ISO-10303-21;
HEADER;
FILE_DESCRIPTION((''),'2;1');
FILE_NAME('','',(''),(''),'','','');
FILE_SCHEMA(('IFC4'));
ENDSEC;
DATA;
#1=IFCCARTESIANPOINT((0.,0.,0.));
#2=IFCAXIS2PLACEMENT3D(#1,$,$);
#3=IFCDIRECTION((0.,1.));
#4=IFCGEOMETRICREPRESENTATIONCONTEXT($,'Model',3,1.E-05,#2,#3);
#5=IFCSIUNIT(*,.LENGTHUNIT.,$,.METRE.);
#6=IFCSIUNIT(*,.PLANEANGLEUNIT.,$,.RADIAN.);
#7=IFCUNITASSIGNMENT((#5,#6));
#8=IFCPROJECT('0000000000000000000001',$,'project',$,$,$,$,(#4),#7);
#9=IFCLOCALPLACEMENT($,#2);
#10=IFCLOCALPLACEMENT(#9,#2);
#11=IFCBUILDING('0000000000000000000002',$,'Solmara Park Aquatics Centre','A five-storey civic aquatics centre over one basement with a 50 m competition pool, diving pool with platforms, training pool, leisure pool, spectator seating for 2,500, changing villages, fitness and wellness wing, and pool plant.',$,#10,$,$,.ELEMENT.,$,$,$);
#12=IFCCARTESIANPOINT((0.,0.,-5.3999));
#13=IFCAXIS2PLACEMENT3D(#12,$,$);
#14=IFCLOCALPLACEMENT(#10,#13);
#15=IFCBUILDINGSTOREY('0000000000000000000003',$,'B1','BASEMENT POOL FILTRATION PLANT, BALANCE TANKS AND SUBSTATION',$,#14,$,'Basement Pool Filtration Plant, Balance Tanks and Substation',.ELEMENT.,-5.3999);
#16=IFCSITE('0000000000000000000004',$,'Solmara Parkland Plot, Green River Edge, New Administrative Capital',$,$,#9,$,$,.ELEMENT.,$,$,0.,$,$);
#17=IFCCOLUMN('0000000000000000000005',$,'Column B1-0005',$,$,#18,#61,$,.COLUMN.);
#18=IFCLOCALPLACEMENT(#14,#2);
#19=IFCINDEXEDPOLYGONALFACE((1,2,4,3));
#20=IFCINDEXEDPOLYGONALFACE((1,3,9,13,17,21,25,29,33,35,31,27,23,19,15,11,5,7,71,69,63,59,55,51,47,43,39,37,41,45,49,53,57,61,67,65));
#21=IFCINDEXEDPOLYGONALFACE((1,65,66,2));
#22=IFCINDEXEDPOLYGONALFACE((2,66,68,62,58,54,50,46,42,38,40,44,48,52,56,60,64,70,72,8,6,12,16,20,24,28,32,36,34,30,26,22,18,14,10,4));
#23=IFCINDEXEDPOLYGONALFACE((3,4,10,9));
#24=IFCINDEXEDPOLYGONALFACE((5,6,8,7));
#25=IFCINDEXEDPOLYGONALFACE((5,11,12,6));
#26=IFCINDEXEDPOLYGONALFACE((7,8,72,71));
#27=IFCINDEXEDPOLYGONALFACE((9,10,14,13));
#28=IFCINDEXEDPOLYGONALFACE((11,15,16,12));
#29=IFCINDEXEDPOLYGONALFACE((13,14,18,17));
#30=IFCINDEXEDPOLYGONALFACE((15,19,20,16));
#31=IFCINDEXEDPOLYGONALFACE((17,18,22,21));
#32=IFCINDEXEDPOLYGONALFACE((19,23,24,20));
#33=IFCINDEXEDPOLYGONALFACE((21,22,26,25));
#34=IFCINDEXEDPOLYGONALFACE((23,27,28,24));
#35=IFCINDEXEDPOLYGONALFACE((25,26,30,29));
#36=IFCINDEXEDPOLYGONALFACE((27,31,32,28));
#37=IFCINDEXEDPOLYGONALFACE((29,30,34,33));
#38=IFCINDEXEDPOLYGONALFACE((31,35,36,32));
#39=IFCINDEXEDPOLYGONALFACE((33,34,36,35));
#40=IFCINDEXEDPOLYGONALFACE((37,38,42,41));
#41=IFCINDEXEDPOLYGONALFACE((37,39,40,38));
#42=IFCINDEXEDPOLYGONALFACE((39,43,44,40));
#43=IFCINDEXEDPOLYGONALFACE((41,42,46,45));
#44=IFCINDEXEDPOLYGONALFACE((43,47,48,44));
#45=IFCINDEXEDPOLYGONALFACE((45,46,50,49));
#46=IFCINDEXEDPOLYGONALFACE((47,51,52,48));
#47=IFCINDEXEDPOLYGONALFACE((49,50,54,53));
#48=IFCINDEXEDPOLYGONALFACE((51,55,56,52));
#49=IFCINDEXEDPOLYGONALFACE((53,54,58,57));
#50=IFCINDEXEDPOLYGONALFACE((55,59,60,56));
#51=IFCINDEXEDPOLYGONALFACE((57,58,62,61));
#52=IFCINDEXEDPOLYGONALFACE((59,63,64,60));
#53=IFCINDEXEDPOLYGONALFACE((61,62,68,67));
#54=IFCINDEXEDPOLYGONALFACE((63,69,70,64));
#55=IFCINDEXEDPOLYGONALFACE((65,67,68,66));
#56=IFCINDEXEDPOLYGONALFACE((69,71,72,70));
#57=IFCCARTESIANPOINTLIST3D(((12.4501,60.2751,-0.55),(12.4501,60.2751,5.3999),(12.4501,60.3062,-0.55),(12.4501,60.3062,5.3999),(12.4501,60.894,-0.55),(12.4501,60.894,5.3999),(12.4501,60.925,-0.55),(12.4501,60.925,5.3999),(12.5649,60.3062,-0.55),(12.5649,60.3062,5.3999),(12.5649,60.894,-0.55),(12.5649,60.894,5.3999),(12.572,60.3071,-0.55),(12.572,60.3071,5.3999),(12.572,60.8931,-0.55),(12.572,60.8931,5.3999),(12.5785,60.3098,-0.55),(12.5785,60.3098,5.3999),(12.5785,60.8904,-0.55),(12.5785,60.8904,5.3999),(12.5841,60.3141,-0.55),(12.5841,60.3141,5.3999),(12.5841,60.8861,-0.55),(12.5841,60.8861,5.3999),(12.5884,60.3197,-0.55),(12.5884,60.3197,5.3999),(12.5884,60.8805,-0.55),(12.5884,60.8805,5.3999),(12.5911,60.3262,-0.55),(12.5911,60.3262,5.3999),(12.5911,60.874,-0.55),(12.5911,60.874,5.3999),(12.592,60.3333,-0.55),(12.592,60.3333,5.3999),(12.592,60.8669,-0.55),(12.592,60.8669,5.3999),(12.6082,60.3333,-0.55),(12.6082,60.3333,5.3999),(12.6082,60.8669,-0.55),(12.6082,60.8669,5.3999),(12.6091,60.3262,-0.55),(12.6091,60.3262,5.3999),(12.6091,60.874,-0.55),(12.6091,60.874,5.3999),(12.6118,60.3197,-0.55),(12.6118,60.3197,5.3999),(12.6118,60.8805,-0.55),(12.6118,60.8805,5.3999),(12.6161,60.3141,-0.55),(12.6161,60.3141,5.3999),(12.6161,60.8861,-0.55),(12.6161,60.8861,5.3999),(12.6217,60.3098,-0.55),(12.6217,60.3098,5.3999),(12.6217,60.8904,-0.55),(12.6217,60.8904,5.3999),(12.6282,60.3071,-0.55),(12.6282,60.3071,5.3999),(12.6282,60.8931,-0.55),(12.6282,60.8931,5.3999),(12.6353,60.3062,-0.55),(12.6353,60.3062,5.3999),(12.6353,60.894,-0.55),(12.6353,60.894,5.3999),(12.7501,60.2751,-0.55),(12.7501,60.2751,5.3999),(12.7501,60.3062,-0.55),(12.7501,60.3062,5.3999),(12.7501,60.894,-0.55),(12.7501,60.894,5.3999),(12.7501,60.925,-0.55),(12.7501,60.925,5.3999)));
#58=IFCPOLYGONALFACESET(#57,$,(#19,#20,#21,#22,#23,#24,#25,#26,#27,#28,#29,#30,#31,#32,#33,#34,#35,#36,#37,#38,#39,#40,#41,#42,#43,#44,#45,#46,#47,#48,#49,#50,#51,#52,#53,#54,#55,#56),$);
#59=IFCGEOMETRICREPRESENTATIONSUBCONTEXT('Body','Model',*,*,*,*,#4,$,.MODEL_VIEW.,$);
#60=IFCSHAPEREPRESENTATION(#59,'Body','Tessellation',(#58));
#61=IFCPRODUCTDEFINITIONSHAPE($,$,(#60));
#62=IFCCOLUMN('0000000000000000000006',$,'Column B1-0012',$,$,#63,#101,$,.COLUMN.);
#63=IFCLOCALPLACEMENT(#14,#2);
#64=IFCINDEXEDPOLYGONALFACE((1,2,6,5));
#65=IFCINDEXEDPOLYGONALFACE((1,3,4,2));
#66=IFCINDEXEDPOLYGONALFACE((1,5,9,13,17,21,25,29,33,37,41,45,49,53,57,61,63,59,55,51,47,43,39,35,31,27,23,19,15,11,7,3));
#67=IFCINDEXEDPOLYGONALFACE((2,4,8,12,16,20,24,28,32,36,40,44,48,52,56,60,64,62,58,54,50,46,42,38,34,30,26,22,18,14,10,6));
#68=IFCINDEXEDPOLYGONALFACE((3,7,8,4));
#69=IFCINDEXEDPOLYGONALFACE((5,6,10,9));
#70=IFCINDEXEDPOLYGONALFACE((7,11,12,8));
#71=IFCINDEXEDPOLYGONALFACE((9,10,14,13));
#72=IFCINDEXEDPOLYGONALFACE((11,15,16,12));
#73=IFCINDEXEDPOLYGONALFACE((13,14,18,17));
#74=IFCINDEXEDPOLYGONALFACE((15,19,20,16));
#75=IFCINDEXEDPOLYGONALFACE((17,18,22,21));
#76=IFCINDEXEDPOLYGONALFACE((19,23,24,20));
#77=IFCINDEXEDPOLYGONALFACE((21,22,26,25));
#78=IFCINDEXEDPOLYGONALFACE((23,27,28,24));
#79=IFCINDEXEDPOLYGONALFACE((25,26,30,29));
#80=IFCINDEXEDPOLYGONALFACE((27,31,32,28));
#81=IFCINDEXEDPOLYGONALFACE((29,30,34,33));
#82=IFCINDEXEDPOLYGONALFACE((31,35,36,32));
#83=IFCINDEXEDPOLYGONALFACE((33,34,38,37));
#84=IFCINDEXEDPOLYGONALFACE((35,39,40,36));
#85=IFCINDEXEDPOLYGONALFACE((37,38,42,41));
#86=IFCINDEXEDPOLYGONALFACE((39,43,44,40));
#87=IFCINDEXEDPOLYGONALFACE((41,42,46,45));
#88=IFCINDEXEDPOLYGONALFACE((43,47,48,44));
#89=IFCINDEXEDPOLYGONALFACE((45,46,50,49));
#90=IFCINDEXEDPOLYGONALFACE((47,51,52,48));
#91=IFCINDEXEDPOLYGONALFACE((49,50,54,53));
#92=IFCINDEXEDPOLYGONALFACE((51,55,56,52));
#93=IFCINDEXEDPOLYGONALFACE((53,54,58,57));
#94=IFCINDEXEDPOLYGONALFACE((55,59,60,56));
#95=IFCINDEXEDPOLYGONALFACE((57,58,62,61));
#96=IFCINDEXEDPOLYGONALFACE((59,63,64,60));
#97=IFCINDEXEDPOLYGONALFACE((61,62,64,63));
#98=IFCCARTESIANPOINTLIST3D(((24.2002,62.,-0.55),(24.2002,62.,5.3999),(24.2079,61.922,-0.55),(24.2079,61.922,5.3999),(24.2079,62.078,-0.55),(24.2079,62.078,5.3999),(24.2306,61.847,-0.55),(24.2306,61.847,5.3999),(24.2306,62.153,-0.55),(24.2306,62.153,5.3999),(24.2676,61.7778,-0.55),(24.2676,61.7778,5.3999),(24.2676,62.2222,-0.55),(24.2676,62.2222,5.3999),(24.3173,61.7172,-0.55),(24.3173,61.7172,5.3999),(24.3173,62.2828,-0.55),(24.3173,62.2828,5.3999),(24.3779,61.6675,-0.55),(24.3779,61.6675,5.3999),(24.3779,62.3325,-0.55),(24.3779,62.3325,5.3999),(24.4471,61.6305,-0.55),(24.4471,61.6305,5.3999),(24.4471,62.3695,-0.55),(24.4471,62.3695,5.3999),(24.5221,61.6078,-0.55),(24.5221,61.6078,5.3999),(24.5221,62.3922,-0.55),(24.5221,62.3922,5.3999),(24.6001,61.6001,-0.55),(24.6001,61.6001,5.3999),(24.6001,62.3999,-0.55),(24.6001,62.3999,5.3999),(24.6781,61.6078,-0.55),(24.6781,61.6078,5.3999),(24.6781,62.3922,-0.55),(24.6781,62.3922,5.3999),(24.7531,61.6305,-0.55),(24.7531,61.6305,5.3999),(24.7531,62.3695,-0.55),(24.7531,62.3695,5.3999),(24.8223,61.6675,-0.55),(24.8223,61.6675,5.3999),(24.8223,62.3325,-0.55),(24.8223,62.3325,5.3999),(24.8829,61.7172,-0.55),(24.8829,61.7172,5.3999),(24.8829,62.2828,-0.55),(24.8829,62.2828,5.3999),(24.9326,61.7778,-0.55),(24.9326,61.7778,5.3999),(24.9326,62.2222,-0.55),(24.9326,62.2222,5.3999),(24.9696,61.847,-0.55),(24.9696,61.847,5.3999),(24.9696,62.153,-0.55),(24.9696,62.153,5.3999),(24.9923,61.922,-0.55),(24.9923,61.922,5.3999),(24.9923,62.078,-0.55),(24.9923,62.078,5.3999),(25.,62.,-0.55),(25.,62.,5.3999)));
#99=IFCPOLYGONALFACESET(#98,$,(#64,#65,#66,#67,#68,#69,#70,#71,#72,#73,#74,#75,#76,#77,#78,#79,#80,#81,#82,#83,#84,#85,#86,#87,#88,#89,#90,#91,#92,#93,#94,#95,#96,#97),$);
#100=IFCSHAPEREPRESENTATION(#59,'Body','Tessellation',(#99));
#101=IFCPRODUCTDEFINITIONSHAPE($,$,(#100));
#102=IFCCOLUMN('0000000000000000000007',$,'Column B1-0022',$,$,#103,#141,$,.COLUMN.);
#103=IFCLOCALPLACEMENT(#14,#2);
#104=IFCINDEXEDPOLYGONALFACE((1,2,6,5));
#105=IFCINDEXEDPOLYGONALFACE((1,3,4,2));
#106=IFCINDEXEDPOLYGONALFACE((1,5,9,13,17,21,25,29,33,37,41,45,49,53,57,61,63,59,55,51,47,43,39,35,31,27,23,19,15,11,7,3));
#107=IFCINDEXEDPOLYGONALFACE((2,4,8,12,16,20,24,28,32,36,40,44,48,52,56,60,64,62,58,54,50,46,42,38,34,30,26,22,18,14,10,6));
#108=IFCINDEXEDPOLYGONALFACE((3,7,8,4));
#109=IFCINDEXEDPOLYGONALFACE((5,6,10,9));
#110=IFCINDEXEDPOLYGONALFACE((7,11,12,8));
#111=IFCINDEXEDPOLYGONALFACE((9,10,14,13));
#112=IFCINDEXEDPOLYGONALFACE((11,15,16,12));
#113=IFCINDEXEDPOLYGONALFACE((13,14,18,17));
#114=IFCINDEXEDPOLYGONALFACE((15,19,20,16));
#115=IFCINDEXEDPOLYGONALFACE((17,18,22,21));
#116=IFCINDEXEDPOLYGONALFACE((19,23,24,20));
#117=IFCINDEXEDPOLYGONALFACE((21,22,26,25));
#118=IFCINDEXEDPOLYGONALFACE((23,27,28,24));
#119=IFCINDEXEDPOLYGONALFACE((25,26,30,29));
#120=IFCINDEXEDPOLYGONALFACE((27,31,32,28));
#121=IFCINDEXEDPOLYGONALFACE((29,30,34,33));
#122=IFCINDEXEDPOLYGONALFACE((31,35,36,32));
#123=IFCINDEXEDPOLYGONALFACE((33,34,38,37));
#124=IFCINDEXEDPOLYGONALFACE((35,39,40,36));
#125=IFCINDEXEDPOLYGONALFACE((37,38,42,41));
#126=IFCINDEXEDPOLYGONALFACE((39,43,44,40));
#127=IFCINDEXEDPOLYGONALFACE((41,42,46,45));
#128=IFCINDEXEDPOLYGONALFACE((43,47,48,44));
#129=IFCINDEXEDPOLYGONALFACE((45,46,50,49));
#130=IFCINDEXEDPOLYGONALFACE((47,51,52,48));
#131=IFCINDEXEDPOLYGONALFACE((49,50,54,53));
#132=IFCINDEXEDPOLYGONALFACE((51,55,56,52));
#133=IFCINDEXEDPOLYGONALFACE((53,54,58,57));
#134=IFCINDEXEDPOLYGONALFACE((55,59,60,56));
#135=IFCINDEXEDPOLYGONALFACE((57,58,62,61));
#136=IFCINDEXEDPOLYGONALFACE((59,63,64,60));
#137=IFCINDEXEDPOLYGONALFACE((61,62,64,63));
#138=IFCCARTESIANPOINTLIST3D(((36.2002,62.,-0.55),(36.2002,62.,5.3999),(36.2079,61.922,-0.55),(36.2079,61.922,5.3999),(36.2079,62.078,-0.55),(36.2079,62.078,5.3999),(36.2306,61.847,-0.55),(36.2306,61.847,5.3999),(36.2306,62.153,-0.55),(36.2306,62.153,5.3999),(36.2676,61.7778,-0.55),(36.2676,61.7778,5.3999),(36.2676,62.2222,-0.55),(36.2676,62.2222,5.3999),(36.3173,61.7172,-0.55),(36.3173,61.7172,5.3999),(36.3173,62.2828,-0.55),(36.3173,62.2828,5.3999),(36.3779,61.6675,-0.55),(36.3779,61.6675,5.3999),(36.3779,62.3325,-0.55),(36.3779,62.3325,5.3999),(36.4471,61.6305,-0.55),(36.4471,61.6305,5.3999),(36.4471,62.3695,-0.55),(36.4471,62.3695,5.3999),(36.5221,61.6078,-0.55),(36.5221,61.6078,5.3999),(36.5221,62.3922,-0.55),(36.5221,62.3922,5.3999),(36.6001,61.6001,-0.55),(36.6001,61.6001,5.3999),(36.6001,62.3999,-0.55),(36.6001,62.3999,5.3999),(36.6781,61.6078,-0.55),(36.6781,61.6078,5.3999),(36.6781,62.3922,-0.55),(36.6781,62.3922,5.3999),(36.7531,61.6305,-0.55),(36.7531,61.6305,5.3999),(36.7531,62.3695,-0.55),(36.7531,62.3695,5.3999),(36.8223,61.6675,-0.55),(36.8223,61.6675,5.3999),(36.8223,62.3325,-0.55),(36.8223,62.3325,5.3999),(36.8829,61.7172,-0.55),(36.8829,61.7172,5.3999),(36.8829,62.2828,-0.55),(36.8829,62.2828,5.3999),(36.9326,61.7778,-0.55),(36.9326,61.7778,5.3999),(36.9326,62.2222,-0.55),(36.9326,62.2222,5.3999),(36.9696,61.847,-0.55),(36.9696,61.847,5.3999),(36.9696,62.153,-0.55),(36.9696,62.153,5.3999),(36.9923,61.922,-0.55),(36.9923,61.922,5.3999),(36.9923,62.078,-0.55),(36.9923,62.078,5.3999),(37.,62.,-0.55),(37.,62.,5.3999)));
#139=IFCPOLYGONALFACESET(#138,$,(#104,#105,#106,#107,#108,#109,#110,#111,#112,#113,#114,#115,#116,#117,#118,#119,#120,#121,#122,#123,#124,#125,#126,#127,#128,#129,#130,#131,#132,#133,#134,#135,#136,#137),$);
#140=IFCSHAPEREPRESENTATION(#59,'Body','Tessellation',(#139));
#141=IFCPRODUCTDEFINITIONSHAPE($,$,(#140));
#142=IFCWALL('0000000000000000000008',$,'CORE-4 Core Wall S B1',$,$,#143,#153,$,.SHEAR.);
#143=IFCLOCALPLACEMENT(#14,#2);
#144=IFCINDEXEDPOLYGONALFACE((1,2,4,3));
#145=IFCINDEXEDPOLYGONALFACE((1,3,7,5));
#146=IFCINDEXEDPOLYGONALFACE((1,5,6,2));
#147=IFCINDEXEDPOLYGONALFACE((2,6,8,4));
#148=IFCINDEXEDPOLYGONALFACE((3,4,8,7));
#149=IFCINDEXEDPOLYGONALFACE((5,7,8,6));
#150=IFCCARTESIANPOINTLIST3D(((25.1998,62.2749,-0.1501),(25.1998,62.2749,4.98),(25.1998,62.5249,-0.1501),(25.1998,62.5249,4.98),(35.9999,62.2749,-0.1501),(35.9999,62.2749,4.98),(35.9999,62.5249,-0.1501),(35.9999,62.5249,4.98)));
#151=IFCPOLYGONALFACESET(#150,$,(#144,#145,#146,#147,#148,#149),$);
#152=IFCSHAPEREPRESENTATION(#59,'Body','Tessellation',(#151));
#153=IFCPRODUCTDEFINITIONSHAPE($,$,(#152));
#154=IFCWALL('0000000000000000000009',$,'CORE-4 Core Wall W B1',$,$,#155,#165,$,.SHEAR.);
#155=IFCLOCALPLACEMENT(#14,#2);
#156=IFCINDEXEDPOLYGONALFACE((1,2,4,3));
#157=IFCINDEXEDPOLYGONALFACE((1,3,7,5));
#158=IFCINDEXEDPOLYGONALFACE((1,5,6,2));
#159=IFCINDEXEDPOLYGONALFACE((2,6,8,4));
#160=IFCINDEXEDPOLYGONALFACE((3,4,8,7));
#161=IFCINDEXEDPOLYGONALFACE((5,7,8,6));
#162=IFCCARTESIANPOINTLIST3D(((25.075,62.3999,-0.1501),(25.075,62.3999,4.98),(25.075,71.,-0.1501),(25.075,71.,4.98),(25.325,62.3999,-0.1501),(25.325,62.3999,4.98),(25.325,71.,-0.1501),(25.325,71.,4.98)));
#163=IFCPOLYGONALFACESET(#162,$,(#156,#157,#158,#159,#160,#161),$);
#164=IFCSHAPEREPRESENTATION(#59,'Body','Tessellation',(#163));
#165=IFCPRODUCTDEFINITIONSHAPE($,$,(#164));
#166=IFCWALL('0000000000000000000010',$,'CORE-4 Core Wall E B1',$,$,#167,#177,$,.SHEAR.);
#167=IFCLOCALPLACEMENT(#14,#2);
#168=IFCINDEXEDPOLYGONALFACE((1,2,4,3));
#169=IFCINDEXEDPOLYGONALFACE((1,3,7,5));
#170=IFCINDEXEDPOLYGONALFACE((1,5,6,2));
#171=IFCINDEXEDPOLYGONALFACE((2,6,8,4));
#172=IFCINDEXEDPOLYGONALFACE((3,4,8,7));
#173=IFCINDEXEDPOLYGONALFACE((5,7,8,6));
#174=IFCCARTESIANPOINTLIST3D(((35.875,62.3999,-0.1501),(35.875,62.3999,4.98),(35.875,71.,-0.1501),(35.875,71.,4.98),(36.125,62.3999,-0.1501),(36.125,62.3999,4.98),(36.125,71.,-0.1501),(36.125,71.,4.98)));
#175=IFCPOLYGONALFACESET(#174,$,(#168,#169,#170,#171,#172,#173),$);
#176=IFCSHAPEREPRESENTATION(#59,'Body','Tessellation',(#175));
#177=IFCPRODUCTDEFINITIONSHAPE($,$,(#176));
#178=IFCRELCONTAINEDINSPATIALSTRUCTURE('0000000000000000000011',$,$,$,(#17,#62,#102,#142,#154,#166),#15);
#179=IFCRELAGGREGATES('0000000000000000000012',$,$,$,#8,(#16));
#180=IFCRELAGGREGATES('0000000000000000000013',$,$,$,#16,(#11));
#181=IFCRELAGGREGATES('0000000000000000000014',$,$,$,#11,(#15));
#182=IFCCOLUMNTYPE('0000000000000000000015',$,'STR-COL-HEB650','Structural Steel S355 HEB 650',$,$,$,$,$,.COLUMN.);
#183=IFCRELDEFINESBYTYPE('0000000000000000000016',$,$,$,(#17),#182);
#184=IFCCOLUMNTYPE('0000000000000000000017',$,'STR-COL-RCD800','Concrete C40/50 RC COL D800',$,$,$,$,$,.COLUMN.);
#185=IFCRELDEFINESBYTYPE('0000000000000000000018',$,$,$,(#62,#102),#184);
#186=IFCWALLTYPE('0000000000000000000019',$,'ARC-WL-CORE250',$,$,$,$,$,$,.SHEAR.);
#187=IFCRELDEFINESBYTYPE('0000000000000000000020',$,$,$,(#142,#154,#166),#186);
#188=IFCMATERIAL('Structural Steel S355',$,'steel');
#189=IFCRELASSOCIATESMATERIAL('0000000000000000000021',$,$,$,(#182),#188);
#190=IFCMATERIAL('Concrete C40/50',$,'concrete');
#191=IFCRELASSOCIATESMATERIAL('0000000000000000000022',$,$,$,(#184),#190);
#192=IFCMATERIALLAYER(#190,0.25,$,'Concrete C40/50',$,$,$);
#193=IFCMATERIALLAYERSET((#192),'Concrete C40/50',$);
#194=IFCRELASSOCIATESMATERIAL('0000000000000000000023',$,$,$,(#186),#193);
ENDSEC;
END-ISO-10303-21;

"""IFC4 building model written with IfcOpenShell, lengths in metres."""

from ifc_helpers import new_model, si_unit, direction, frame, frame_2d, origin, origin_2d, place, context, subcontext, project, spatial, rectangle, circle, i_section, extrude, material, layer, layer_set, material_profile, profile_set, type_object, element, save


model = new_model("IFC4")

# Units and contexts
model_context = context("Model", 3, precision=1e-05, world=origin(), true_north=direction((0.0, 1.0)))
body_context = subcontext(model_context, "Body", "Model", "MODEL_VIEW")
ifc_project = project(units=[si_unit("LENGTHUNIT", "METRE"), si_unit("PLANEANGLEUNIT", "RADIAN")], contexts=[model_context])

# Site, building, storey
site_placement = place(None, origin())
site = spatial("IfcSite", under=ifc_project, at=site_placement, Name="Solmara Parkland Plot, Green River Edge, New Administrative Capital", CompositionType="ELEMENT", RefElevation=0.0)
building_placement = place(site_placement, origin())
building = spatial("IfcBuilding", under=site, at=building_placement, Name="Solmara Park Aquatics Centre", Description="A five-storey civic aquatics centre over one basement with a 50 m competition pool, diving pool with platforms, training pool, leisure pool, spectator seating for 2,500, changing villages, fitness and wellness wing, and pool plant.", CompositionType="ELEMENT")
storey_placement = place(building_placement, frame((0.0, 0.0, -5.3999)))
storey = spatial("IfcBuildingStorey", under=building, at=storey_placement, Name="B1", Description="BASEMENT POOL FILTRATION PLANT, BALANCE TANKS AND SUBSTATION", LongName="Basement Pool Filtration Plant, Balance Tanks and Substation", CompositionType="ELEMENT", Elevation=-5.3999)

# Columns
ifc_material_1 = material(Name="Structural Steel S355", Category="steel")
ifc_material_profile_1 = material_profile(ifc_material_1, i_section(OverallWidth=0.3, OverallDepth=0.6499, WebThickness=0.0161, FlangeThickness=0.031, FilletRadius=0.0271, at=origin_2d()), Name="HEB 650")
ifc_profile_set_1 = profile_set([ifc_material_profile_1], Name="Structural Steel S355")
column_type_1 = type_object("IfcColumnType", Name="STR-COL-HEB650", Description="Structural Steel S355 HEB 650", PredefinedType="COLUMN", material=ifc_profile_set_1)
column_1_placement = place(storey_placement, frame((12.6001, 60.6001, -0.55), z_axis=(0.0, 0.0, 1.0), x_axis=(1.0, 0.0, 0.0)))
element("IfcColumn", 1, at=column_1_placement, inside=storey, type_object=column_type_1, Name="Column B1-0005", PredefinedType="COLUMN", context=body_context, shape_type="SweptSolid", body=[
    extrude(i_section(OverallWidth=0.3, OverallDepth=0.6499, WebThickness=0.0161, FlangeThickness=0.031, FilletRadius=0.0271, at=origin_2d()), origin(), (0.0, 0.0, 1.0), 5.95),
])
ifc_material_2 = material(Name="Concrete C40/50", Category="concrete")
ifc_material_profile_2 = material_profile(ifc_material_2, circle(Radius=0.3999, at=origin_2d()), Name="RC COL D800")
ifc_profile_set_2 = profile_set([ifc_material_profile_2], Name="Concrete C40/50")
column_type_2 = type_object("IfcColumnType", Name="STR-COL-RCD800", Description="Concrete C40/50 RC COL D800", PredefinedType="COLUMN", material=ifc_profile_set_2)
for number, where, z_axis, x_axis, name in (
    (2, (24.6001, 62.0, -0.55), (0.0, 0.0, 1.0), (1.0, 0.0, 0.0), "Column B1-0012"),
    (3, (36.6001, 62.0, -0.55), (0.0, 0.0, 1.0), (1.0, 0.0, 0.0), "Column B1-0022"),
):
    element("IfcColumn", number, at=place(storey_placement, frame(where, z_axis=z_axis, x_axis=x_axis)), inside=storey, type_object=column_type_2, Name=name, PredefinedType="COLUMN", context=body_context, shape_type="SweptSolid", body=[
        extrude(circle(Radius=0.3999, at=origin_2d()), origin(), (0.0, 0.0, 1.0), 5.95),
    ])

# Walls
ifc_layer_1 = layer(ifc_material_2, 0.25, Name="Concrete C40/50")
ifc_layer_set_1 = layer_set([ifc_layer_1], Name="Concrete C40/50")
wall_type = type_object("IfcWallType", Name="ARC-WL-CORE250", PredefinedType="SHEAR", material=ifc_layer_set_1)
wall_placement = place(storey_placement, frame((25.2, 62.3999, -0.1501), z_axis=(0.0, 0.0, 1.0), x_axis=(1.0, 0.0, 0.0)))
element("IfcWall", 4, at=wall_placement, inside=storey, type_object=wall_type, Name="CORE-4 Core Wall S B1", PredefinedType="SHEAR", context=body_context, shape_type="SweptSolid", body=[
    extrude(rectangle(XDim=10.8, YDim=0.25, at=frame_2d((5.3999, 0.0))), origin(), (0.0, 0.0, 1.0), 5.1301),
])
for number, where, z_axis, x_axis, name in (
    (5, (25.2, 62.3999, -0.1501), (0.0, 0.0, 1.0), (0.0, 1.0, 0.0), "CORE-4 Core Wall W B1"),
    (6, (36.0, 62.3999, -0.1501), (0.0, 0.0, 1.0), (0.0, 1.0, 0.0), "CORE-4 Core Wall E B1"),
):
    element("IfcWall", number, at=place(storey_placement, frame(where, z_axis=z_axis, x_axis=x_axis)), inside=storey, type_object=wall_type, Name=name, PredefinedType="SHEAR", context=body_context, shape_type="SweptSolid", body=[
        extrude(rectangle(XDim=8.6001, YDim=0.25, at=frame_2d((4.3, 0.0))), origin(), (0.0, 0.0, 1.0), 5.1301),
    ])

save(model, "model.ifc")
